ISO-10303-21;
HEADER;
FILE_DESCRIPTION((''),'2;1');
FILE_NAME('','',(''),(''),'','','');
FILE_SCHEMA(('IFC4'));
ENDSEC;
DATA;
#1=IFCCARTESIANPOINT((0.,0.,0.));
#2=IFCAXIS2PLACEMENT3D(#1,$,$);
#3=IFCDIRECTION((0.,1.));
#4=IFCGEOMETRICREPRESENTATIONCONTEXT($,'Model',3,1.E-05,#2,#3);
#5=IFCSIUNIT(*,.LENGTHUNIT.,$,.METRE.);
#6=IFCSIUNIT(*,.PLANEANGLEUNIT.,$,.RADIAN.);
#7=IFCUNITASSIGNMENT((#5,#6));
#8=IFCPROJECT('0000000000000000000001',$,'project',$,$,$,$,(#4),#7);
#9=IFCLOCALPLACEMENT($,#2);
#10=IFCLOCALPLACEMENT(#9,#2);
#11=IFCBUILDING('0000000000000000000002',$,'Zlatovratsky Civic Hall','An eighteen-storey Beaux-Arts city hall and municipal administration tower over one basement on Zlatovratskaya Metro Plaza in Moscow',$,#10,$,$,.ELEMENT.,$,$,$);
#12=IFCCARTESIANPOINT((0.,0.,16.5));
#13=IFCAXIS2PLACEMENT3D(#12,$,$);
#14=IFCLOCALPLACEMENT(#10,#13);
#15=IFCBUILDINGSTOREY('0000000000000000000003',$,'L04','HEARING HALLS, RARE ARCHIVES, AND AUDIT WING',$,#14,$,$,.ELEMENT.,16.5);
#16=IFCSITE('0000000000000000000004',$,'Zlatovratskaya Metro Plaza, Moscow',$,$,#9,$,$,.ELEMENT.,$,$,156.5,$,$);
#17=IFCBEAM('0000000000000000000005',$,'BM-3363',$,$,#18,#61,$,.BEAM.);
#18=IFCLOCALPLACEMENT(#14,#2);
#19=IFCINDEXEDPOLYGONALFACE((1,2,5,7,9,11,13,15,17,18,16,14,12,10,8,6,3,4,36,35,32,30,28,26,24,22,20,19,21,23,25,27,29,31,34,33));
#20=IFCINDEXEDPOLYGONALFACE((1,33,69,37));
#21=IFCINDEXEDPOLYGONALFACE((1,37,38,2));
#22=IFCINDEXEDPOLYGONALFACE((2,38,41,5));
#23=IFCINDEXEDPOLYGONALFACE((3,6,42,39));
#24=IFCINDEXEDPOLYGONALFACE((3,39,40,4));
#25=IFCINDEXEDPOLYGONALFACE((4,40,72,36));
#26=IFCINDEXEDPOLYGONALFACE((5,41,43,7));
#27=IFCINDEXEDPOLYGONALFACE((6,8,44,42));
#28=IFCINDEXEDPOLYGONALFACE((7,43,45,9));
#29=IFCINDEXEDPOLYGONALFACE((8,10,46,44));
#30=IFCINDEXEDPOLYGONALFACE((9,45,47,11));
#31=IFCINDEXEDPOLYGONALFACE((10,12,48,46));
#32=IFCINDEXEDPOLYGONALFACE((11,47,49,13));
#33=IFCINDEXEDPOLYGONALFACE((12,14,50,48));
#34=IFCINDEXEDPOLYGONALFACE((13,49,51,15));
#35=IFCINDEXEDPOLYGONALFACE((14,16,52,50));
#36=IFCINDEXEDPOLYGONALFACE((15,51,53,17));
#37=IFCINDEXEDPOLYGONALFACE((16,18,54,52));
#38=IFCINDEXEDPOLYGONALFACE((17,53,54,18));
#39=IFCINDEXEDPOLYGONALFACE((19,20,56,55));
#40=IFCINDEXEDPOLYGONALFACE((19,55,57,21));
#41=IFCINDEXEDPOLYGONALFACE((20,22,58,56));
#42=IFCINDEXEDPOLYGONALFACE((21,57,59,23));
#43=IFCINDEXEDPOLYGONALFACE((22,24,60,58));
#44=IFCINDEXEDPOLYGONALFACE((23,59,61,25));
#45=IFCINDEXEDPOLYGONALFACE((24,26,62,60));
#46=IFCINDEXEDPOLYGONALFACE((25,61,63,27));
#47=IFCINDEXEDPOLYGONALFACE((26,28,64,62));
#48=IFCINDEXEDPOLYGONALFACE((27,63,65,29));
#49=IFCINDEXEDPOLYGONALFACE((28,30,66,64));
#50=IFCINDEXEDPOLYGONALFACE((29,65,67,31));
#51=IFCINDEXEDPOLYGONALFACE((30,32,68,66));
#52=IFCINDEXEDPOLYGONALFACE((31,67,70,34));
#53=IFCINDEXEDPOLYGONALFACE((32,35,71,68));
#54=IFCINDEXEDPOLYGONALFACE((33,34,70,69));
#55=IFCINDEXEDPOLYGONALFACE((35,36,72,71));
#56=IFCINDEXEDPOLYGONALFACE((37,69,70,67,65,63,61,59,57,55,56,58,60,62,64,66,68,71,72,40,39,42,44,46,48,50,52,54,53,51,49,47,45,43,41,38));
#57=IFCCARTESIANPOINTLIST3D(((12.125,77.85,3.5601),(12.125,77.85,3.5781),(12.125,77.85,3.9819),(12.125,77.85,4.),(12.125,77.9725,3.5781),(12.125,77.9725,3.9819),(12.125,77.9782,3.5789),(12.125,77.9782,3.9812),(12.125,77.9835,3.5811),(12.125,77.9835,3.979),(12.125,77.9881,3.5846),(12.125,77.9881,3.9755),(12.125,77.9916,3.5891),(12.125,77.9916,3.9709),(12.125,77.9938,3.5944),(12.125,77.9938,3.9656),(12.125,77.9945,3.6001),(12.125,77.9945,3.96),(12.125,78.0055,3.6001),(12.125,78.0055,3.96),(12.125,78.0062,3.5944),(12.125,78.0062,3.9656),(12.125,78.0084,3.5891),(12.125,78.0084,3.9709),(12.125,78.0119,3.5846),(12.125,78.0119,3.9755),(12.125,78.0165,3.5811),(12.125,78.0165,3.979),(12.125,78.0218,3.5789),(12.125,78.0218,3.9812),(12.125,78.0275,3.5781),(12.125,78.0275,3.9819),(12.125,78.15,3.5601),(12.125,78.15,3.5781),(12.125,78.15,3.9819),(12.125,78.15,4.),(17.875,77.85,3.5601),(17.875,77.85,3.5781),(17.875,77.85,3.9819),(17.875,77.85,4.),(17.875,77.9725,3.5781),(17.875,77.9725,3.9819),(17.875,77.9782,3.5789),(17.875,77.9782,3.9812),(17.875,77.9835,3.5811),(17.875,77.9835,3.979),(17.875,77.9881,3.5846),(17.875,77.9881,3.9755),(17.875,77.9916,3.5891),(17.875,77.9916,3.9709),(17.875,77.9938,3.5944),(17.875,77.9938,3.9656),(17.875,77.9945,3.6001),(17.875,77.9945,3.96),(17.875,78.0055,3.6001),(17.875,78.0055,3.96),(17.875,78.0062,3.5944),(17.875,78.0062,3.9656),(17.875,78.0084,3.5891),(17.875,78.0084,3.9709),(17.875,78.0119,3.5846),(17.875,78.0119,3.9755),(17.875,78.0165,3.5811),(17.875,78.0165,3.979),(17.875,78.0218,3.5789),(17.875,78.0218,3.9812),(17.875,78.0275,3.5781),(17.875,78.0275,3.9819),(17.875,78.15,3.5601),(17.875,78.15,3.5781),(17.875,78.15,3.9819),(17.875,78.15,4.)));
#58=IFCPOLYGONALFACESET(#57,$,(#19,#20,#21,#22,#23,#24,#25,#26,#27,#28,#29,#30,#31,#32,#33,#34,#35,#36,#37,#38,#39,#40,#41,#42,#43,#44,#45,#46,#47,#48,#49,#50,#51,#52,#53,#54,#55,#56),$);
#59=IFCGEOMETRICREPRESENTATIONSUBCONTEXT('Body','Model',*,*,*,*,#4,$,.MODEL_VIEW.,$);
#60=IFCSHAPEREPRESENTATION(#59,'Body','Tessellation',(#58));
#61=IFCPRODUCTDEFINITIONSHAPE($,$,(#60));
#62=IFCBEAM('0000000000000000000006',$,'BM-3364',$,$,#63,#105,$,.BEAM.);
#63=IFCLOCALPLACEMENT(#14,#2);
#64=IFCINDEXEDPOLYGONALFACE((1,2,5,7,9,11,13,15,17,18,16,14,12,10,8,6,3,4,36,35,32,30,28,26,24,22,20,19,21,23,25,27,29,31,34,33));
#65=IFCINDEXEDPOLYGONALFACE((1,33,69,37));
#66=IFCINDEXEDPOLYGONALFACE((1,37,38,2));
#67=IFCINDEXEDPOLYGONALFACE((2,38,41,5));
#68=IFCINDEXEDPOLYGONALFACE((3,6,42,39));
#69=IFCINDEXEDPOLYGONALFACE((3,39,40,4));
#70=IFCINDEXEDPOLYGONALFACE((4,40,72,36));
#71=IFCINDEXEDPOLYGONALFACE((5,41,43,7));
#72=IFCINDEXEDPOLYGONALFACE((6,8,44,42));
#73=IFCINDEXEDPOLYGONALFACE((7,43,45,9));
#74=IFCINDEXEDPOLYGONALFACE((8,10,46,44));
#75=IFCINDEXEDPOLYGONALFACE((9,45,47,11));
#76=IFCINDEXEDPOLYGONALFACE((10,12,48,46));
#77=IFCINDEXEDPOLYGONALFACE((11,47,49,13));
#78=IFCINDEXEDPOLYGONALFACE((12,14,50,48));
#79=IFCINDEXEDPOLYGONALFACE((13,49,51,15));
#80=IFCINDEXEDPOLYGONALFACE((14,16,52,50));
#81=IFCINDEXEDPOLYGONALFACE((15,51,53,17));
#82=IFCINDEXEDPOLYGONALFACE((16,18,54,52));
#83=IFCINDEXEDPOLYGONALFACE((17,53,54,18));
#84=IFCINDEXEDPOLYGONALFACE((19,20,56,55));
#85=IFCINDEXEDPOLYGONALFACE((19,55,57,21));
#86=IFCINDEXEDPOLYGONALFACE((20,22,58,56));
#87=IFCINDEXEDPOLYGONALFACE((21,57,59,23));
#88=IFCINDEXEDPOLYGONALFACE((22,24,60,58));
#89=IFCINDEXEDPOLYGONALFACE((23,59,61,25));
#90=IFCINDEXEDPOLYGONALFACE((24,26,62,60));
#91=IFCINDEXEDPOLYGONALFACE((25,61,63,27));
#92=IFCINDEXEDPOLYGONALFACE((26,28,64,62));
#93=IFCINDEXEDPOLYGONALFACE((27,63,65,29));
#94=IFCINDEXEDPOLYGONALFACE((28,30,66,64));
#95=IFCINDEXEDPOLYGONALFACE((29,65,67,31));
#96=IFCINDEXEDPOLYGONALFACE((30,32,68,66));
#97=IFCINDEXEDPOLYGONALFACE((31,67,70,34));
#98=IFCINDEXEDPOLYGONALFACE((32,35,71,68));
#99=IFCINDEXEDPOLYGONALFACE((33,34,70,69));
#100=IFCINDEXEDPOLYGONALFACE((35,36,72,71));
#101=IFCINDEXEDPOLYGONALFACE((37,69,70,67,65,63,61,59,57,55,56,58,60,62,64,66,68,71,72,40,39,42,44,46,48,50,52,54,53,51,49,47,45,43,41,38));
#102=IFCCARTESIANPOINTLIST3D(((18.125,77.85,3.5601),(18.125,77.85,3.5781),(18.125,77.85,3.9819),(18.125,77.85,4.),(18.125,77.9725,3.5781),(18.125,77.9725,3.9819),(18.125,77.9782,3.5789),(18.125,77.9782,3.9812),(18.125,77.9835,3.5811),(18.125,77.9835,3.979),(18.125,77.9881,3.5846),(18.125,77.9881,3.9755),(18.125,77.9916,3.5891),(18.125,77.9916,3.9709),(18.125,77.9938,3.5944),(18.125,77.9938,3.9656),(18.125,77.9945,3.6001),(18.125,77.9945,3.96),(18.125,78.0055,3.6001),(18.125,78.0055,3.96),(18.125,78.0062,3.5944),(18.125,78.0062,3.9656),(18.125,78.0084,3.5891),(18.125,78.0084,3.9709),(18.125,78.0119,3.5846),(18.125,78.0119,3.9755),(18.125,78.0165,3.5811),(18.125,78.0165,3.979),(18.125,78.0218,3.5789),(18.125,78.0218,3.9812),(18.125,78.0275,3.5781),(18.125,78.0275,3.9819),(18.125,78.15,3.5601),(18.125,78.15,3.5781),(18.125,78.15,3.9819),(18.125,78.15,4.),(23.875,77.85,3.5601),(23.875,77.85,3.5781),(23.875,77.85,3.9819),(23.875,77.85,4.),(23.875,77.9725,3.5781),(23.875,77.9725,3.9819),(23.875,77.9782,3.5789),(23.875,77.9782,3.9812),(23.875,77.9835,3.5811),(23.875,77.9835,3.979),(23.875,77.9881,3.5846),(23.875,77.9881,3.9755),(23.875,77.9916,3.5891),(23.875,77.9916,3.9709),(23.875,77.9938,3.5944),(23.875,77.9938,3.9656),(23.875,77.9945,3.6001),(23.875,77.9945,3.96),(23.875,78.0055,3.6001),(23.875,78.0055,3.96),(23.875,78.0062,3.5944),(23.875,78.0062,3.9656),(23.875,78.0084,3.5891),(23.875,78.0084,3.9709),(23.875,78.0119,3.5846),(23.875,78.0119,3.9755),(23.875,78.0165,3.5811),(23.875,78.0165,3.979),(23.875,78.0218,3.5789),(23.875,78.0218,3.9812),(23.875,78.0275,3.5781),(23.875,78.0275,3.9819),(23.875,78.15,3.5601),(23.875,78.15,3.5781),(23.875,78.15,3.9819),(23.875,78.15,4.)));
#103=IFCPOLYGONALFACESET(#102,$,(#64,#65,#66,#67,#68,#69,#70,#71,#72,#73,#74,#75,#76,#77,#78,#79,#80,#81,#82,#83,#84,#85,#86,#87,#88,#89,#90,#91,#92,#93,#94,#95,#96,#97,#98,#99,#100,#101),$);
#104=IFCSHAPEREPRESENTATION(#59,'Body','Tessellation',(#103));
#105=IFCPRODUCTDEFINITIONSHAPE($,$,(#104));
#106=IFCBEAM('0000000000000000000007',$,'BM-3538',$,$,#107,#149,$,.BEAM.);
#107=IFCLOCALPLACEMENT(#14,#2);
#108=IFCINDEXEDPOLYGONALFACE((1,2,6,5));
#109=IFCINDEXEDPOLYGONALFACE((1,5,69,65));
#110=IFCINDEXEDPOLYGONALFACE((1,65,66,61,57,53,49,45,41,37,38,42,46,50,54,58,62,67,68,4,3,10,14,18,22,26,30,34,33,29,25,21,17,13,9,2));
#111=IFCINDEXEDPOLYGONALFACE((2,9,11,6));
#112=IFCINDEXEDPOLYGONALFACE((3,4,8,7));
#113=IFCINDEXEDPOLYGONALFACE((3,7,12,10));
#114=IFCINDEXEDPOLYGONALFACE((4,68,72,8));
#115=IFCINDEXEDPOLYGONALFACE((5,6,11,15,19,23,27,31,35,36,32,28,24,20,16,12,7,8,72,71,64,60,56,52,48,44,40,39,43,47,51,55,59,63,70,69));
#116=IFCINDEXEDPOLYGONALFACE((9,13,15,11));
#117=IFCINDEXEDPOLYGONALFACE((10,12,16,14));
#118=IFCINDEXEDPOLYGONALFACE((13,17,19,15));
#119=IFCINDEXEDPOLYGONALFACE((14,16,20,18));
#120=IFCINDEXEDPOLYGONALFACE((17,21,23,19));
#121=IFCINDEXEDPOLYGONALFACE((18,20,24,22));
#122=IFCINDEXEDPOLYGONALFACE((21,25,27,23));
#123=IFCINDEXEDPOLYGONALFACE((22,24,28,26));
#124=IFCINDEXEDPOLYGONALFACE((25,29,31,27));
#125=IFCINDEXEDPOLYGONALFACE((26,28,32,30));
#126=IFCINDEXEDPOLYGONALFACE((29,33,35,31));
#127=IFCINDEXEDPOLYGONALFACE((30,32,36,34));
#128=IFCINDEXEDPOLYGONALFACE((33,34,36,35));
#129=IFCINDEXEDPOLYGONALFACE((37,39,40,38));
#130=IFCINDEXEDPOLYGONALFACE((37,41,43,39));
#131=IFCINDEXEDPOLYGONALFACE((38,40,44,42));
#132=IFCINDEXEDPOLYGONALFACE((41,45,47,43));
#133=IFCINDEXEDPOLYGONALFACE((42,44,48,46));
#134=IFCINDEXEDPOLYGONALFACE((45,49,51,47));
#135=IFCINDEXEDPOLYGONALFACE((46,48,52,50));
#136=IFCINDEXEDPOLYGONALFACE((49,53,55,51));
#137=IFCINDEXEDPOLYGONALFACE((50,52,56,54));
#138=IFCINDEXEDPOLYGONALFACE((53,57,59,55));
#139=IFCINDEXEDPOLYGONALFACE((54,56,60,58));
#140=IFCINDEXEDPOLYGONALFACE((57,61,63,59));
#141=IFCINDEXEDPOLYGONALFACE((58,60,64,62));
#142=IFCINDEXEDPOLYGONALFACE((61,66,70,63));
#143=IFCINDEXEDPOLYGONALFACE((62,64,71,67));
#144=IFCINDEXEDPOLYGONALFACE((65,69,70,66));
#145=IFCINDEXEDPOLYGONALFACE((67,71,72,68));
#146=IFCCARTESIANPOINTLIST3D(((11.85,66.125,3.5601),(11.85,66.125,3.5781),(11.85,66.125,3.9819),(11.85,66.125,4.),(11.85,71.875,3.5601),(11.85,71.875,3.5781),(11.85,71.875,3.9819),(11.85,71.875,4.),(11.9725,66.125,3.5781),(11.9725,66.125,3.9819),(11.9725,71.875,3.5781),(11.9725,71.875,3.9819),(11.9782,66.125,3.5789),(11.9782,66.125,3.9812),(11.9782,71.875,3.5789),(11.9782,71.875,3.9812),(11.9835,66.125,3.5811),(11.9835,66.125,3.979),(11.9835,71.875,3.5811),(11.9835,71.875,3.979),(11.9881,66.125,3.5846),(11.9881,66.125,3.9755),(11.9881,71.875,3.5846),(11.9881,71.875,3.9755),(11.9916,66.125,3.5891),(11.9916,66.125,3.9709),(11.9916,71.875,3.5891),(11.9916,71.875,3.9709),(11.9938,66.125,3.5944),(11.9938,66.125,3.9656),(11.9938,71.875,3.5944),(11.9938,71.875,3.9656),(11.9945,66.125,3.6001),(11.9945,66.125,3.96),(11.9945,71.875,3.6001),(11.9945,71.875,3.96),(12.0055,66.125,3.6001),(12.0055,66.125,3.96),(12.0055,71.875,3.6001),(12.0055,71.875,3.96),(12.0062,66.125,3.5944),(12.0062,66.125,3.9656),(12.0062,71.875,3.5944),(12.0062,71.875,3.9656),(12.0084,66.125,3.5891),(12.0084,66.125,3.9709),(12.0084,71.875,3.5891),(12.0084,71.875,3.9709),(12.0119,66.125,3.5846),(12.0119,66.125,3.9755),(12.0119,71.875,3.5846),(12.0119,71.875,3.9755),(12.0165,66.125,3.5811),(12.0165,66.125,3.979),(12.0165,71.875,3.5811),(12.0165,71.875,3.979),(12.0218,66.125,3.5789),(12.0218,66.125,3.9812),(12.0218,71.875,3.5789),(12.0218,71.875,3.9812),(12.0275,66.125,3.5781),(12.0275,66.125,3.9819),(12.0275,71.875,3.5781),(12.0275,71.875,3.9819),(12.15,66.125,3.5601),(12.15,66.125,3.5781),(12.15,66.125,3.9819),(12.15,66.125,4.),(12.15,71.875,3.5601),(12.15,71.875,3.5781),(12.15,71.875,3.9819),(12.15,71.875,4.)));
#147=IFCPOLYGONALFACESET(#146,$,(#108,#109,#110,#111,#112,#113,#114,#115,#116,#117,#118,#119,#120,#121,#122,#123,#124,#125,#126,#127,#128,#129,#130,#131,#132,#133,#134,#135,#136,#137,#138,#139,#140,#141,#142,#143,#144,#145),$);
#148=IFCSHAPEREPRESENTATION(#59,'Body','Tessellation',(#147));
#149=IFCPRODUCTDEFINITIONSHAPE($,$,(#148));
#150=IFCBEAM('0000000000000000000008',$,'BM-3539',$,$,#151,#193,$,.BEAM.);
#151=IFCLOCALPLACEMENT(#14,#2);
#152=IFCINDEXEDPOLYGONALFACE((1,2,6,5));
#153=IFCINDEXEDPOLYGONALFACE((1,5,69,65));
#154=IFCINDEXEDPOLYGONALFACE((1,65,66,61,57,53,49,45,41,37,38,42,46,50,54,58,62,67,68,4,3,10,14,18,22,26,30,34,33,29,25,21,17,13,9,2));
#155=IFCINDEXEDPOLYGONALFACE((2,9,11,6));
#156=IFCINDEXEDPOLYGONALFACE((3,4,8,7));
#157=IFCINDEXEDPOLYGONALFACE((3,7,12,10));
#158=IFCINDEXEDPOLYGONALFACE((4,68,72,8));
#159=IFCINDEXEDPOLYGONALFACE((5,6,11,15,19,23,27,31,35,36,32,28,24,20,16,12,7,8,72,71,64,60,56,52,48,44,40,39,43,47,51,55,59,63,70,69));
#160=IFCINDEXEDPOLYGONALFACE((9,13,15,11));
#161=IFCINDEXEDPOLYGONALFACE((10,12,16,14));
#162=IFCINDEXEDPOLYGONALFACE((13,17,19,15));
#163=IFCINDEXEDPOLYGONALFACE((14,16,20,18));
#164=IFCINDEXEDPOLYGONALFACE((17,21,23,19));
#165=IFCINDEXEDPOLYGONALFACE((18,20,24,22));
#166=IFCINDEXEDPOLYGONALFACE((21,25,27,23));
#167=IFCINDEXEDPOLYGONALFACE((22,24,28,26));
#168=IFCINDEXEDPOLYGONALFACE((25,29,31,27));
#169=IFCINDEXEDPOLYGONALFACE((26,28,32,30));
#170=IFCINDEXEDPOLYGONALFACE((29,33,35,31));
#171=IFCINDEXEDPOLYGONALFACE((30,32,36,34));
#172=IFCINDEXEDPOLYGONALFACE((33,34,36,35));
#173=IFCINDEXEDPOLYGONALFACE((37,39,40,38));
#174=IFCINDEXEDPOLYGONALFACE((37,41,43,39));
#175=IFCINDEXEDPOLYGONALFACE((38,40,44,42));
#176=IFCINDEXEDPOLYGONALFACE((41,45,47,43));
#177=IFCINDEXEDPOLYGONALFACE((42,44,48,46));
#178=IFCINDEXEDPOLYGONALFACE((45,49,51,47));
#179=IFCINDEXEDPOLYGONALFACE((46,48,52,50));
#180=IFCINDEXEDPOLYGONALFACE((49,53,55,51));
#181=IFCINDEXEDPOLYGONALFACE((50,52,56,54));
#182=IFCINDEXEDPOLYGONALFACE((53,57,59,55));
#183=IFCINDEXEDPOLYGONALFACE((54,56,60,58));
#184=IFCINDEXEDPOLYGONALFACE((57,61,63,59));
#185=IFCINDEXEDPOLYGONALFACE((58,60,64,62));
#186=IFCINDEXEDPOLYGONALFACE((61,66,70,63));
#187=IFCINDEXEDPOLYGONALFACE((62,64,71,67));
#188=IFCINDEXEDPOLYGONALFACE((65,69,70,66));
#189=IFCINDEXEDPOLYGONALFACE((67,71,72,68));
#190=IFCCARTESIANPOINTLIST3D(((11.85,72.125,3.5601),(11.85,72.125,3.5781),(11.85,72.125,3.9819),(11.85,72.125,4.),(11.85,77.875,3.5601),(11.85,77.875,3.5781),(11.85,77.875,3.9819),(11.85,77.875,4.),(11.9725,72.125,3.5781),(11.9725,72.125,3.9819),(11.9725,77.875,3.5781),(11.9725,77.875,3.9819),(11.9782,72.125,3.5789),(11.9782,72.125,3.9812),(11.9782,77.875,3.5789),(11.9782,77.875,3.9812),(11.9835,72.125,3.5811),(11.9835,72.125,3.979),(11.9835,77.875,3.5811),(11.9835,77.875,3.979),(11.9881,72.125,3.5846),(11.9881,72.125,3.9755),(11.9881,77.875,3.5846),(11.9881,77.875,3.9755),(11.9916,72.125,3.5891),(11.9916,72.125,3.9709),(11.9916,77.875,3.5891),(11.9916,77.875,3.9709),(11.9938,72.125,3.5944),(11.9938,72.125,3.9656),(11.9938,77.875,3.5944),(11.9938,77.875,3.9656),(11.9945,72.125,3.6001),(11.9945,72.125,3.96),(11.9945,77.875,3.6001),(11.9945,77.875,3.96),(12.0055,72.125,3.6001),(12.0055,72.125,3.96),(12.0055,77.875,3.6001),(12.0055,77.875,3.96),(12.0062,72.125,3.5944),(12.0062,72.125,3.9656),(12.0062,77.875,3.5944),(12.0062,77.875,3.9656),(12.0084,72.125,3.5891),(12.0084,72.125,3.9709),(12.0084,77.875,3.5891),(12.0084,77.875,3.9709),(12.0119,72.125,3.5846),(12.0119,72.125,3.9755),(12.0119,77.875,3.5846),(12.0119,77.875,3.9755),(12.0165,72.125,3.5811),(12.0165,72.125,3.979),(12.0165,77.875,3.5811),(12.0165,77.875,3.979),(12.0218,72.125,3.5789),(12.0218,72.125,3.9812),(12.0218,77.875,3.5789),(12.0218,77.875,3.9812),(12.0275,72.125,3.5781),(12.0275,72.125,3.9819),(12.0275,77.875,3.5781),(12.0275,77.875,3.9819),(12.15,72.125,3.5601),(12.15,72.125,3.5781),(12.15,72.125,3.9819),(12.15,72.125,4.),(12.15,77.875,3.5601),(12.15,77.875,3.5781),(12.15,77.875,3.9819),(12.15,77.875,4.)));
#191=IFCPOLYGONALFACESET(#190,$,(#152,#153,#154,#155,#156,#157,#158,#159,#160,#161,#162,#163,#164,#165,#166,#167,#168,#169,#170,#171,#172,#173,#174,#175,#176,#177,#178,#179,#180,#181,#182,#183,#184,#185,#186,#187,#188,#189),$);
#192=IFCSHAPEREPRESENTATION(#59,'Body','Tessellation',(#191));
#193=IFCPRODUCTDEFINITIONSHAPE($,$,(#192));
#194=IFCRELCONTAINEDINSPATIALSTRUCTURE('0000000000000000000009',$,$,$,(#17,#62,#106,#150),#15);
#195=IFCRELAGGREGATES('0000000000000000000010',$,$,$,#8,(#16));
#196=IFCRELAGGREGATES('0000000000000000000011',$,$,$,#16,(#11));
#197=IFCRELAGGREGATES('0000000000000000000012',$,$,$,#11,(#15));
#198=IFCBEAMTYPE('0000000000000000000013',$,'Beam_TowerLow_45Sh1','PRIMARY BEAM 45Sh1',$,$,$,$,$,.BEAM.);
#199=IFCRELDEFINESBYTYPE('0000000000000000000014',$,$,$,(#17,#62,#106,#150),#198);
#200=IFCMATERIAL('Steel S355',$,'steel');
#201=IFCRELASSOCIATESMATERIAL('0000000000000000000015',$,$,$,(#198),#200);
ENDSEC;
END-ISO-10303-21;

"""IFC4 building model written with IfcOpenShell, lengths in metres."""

from ifc_helpers import new_model, si_unit, direction, frame, origin, origin_2d, place, context, subcontext, project, spatial, i_section, extrude, material, material_profile, profile_set, type_object, element, save


model = new_model("IFC4")

# Units and contexts
model_context = context("Model", 3, precision=1e-05, world=origin(), true_north=direction((0.0, 1.0)))
body_context = subcontext(model_context, "Body", "Model", "MODEL_VIEW")
ifc_project = project(units=[si_unit("LENGTHUNIT", "METRE"), si_unit("PLANEANGLEUNIT", "RADIAN")], contexts=[model_context])

# Site, building, storey
site_placement = place(None, origin())
site = spatial("IfcSite", under=ifc_project, at=site_placement, Name="Zlatovratskaya Metro Plaza, Moscow", CompositionType="ELEMENT", RefElevation=156.5)
building_placement = place(site_placement, origin())
building = spatial("IfcBuilding", under=site, at=building_placement, Name="Zlatovratsky Civic Hall", Description="An eighteen-storey Beaux-Arts city hall and municipal administration tower over one basement on Zlatovratskaya Metro Plaza in Moscow", CompositionType="ELEMENT")
storey_placement = place(building_placement, frame((0.0, 0.0, 16.5)))
storey = spatial("IfcBuildingStorey", under=building, at=storey_placement, Name="L04", Description="HEARING HALLS, RARE ARCHIVES, AND AUDIT WING", CompositionType="ELEMENT", Elevation=16.5)

# Shared definitions
ifc_material_1 = material(Name="Steel S355", Category="steel")

# Beams
ifc_material_profile_1 = material_profile(ifc_material_1, i_section(OverallWidth=0.3, OverallDepth=0.4399, WebThickness=0.011, FlangeThickness=0.0181, FilletRadius=0.022, at=origin_2d()), Name="45Sh1")
ifc_profile_set_1 = profile_set([ifc_material_profile_1], Name="Steel S355")
beam_type_1 = type_object("IfcBeamType", Name="Beam_TowerLow_45Sh1", Description="PRIMARY BEAM 45Sh1", PredefinedType="BEAM", material=ifc_profile_set_1)
for number, where, z_axis, x_axis, name in (
    (1, (12.125, 78.0, 3.78), (1.0, 0.0, 0.0), (0.0, 1.0, 0.0), "BM-3363"),
    (2, (18.125, 78.0, 3.78), (1.0, 0.0, 0.0), (0.0, 1.0, 0.0), "BM-3364"),
    (3, (12.0, 66.125, 3.78), (0.0, 1.0, 0.0), (-1.0, 0.0, 0.0), "BM-3538"),
    (4, (12.0, 72.125, 3.78), (0.0, 1.0, 0.0), (-1.0, 0.0, 0.0), "BM-3539"),
):
    element("IfcBeam", number, at=place(storey_placement, frame(where, z_axis=z_axis, x_axis=x_axis)), inside=storey, type_object=beam_type_1, Name=name, PredefinedType="BEAM", context=body_context, shape_type="SweptSolid", body=[
        extrude(i_section(OverallWidth=0.3, OverallDepth=0.4399, WebThickness=0.011, FlangeThickness=0.0181, FilletRadius=0.022, at=origin_2d()), origin(), (0.0, 0.0, 1.0), 5.75),
    ])

save(model, "model.ifc")
